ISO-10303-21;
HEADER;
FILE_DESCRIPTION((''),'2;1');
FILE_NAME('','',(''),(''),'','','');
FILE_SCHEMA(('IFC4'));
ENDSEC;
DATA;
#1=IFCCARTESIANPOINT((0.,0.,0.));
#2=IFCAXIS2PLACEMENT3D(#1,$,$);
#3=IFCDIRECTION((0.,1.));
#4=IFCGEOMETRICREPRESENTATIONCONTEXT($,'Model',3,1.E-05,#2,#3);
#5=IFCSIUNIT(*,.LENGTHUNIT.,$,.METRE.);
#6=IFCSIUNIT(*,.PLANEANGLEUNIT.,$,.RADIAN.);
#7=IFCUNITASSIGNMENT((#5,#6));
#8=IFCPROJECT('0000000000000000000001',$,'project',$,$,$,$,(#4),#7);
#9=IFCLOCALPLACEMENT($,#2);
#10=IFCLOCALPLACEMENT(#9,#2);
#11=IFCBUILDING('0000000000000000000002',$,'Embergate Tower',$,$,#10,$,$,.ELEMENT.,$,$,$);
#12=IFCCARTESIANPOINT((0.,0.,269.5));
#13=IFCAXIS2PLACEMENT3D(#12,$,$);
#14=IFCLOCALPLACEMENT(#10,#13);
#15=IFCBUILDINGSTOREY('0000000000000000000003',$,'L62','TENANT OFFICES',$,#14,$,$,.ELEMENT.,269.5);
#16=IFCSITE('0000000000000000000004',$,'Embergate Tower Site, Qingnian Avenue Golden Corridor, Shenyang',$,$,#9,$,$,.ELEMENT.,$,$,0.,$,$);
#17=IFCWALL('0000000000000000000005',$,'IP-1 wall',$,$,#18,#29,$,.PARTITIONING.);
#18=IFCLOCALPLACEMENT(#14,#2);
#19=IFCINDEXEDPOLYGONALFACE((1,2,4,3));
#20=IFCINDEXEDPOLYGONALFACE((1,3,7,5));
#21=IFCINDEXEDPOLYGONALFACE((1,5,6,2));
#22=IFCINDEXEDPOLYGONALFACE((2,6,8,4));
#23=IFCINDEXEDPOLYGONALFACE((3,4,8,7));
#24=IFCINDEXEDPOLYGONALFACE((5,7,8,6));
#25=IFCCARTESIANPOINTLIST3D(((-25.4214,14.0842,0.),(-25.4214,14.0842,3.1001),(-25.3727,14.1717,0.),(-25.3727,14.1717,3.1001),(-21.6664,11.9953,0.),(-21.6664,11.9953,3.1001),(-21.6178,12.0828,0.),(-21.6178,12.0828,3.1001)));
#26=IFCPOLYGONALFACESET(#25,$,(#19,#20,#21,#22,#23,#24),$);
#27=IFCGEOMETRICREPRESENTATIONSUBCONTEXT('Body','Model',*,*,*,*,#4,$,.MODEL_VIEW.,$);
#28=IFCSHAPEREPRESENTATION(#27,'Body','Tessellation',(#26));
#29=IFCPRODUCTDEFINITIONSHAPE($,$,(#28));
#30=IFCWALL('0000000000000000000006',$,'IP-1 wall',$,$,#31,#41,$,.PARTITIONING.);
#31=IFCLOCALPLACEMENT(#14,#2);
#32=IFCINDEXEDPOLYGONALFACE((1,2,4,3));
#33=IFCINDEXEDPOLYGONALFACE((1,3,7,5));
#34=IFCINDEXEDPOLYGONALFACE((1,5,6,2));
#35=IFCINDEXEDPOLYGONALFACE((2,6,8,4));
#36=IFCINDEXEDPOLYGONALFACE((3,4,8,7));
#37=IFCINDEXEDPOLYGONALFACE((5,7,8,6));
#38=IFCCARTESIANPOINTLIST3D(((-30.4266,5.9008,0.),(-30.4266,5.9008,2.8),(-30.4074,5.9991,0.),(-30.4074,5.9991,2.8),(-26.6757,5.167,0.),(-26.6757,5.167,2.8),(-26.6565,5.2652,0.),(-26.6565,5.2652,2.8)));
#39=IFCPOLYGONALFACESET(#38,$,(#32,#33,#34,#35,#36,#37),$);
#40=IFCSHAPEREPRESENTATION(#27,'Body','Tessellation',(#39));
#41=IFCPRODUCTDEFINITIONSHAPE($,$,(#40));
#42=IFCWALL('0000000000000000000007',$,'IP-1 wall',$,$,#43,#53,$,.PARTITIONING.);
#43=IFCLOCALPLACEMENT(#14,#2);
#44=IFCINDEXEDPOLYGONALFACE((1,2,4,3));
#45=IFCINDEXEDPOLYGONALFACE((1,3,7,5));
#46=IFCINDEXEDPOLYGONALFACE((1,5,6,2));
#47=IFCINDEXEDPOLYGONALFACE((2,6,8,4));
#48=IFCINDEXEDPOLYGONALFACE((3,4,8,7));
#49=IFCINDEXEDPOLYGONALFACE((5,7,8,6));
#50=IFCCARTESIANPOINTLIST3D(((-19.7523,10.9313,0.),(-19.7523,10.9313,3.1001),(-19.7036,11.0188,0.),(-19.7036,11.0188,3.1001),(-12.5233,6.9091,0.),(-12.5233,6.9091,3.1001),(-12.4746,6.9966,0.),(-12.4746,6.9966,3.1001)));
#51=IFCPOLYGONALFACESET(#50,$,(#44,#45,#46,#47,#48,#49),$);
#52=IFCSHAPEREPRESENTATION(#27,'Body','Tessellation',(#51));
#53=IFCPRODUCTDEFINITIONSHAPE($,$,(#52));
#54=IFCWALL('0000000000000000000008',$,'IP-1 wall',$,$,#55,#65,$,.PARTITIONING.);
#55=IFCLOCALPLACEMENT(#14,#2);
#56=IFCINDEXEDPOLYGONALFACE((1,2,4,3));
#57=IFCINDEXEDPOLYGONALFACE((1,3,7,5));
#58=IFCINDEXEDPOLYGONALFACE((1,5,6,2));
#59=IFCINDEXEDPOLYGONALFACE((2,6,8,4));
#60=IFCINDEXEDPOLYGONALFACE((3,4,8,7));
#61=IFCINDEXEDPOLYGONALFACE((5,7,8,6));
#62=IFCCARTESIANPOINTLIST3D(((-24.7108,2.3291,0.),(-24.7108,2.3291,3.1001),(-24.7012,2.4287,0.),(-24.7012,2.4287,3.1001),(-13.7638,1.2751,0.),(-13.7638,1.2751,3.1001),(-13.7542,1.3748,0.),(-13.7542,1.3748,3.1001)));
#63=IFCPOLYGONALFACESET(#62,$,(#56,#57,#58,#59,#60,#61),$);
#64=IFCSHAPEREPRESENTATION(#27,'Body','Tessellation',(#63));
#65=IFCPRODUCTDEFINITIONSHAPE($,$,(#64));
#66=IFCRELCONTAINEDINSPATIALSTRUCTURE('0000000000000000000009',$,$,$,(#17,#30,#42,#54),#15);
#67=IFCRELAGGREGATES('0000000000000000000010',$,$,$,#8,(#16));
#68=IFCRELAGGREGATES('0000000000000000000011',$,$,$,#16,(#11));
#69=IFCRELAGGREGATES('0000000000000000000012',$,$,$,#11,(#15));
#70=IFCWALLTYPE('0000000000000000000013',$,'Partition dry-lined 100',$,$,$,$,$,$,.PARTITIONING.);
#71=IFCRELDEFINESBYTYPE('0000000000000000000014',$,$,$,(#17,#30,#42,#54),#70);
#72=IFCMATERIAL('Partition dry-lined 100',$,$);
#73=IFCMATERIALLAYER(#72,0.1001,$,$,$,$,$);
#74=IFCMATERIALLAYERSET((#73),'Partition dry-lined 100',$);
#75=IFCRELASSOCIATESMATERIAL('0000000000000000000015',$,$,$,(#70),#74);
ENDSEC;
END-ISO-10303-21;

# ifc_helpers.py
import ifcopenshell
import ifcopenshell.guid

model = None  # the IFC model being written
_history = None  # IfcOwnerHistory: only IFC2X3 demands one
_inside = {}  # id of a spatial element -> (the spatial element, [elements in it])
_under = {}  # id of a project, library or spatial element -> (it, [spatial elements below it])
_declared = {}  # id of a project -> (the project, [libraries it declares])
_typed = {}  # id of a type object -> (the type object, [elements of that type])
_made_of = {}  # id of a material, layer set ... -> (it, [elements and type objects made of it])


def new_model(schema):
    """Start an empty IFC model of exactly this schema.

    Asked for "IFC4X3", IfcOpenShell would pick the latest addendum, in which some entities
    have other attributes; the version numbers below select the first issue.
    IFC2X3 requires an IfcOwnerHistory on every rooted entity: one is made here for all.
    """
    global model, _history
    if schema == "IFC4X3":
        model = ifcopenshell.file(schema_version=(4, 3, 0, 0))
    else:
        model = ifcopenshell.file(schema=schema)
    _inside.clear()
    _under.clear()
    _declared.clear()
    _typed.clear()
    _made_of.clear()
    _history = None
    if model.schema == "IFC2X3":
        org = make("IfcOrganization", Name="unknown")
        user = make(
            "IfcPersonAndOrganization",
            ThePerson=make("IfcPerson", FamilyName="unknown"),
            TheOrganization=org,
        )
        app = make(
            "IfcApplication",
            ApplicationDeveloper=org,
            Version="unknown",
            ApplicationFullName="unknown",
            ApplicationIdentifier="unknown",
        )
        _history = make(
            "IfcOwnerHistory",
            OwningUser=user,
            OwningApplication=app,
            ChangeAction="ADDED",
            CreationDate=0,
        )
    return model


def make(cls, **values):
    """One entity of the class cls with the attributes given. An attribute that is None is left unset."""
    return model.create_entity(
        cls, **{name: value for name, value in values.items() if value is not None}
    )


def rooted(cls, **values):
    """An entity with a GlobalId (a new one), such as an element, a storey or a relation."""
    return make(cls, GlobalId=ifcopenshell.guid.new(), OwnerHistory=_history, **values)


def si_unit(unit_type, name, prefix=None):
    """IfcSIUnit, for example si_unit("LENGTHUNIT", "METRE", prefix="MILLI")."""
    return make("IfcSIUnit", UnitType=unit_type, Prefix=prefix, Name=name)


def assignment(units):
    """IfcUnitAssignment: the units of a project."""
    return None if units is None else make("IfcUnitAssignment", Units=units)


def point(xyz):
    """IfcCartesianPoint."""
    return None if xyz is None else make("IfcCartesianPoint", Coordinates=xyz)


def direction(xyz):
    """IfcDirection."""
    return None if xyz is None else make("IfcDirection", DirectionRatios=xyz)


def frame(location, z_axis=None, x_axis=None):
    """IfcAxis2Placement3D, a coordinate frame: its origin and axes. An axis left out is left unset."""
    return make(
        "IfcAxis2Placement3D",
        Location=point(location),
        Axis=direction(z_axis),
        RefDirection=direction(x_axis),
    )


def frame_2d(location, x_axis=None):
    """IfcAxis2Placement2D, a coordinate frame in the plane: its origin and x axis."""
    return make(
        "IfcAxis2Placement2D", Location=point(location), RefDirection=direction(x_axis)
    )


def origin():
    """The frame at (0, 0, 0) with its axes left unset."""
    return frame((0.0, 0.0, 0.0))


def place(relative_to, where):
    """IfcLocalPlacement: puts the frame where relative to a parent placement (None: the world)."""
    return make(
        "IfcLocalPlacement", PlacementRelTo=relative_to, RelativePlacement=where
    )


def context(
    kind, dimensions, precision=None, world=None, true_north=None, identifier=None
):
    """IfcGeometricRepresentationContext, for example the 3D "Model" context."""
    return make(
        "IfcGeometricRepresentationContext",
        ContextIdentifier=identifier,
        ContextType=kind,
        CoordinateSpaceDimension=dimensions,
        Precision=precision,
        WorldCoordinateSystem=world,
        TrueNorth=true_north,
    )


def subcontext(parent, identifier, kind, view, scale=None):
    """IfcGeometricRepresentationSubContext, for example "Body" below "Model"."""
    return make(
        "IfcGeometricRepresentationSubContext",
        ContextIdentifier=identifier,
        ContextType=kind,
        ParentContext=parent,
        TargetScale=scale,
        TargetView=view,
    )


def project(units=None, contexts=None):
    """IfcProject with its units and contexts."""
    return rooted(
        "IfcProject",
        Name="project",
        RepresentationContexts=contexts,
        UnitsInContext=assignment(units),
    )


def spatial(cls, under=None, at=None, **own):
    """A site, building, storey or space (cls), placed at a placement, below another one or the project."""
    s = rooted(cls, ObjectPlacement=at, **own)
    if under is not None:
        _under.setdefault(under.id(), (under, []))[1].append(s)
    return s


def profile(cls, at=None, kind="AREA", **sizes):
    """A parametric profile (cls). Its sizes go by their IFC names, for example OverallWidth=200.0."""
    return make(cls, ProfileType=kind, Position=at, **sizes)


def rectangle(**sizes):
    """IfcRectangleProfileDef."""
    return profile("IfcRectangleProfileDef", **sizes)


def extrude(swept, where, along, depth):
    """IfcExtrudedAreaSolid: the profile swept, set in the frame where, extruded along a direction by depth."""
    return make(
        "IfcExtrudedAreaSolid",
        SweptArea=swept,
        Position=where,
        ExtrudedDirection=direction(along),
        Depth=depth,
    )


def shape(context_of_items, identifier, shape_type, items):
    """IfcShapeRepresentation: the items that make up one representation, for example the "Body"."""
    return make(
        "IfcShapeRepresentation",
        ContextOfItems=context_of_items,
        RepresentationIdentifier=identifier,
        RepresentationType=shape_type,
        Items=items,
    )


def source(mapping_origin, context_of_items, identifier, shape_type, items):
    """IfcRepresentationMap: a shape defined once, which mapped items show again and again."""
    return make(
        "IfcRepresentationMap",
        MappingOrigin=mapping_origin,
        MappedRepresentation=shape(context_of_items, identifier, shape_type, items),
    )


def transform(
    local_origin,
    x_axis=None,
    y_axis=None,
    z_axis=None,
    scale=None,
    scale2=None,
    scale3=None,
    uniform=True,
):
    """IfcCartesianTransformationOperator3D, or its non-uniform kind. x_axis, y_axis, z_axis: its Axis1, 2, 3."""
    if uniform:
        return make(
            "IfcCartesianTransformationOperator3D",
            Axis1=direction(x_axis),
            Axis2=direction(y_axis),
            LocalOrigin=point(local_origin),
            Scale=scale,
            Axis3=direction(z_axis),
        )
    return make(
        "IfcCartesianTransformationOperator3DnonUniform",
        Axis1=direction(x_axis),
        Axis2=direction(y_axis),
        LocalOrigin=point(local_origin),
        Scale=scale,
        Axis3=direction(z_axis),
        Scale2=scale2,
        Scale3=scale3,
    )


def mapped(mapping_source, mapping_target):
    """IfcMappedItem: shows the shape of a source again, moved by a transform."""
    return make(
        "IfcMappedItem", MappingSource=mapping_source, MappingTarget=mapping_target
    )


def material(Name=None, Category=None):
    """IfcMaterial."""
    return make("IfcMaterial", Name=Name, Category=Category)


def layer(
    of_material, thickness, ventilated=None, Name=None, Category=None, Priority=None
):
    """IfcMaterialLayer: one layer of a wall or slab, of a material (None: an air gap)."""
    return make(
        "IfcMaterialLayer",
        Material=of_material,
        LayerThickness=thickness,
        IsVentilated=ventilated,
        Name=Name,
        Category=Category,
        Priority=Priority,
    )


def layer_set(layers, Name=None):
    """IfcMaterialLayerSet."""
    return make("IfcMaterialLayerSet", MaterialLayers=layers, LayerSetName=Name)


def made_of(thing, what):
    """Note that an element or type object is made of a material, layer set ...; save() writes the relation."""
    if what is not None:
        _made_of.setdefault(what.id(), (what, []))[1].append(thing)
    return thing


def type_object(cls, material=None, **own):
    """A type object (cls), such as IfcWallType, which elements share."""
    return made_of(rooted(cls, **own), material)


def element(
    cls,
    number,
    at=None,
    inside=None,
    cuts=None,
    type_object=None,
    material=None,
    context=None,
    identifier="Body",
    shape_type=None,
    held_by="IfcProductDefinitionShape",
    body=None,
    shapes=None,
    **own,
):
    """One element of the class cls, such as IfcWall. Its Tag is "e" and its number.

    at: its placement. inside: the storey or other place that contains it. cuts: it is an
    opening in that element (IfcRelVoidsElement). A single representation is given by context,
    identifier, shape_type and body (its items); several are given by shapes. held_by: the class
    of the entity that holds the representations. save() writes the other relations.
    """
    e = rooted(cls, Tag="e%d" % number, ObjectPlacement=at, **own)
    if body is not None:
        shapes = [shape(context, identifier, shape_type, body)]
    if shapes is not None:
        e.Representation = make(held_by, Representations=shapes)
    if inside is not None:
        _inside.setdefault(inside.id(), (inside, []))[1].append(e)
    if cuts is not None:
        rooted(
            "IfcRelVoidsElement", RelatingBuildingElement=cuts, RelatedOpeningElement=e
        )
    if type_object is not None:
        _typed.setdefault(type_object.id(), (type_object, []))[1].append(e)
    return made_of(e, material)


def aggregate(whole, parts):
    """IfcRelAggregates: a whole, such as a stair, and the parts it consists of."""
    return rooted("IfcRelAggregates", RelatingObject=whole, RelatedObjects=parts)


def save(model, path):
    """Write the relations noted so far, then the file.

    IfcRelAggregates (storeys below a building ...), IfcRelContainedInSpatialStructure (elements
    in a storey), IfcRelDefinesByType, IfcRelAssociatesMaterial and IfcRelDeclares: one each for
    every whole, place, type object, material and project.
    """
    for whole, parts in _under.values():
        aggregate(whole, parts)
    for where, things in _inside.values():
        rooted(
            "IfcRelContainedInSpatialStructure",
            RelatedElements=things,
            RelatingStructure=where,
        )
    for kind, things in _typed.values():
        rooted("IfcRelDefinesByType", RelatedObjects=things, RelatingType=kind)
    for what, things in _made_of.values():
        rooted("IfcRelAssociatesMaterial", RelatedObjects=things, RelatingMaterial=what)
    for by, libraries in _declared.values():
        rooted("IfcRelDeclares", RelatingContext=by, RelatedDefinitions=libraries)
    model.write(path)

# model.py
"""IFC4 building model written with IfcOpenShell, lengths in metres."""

from ifc_helpers import new_model, si_unit, direction, frame, frame_2d, origin, place, context, subcontext, project, spatial, rectangle, extrude, source, transform, mapped, material, layer, layer_set, type_object, element, save


model = new_model("IFC4")

# Units and contexts
model_context = context("Model", 3, precision=1e-05, world=origin(), true_north=direction((0.0, 1.0)))
body_context = subcontext(model_context, "Body", "Model", "MODEL_VIEW")
ifc_project = project(units=[si_unit("LENGTHUNIT", "METRE"), si_unit("PLANEANGLEUNIT", "RADIAN")], contexts=[model_context])

# Site, building, storey
site_placement = place(None, origin())
site = spatial("IfcSite", under=ifc_project, at=site_placement, Name="Embergate Tower Site, Qingnian Avenue Golden Corridor, Shenyang", CompositionType="ELEMENT", RefElevation=0.0)
building_placement = place(site_placement, origin())
building = spatial("IfcBuilding", under=site, at=building_placement, Name="Embergate Tower", CompositionType="ELEMENT")
storey_placement = place(building_placement, frame((0.0, 0.0, 269.5)))
storey = spatial("IfcBuildingStorey", under=building, at=storey_placement, Name="L62", Description="TENANT OFFICES", CompositionType="ELEMENT", Elevation=269.5)

# Walls
ifc_material_1 = material(Name="Partition dry-lined 100")
ifc_layer_1 = layer(ifc_material_1, 0.1001)
ifc_layer_set_1 = layer_set([ifc_layer_1], Name="Partition dry-lined 100")
wall_type_1 = type_object("IfcWallType", Name="Partition dry-lined 100", PredefinedType="PARTITIONING", material=ifc_layer_set_1)
shared_shape_1 = source(origin(), body_context, "Body", "SweptSolid", [
    extrude(rectangle(XDim=4.2969, YDim=0.1001, at=frame_2d((2.1484, 0.0))), origin(), (0.0, 0.0, 1.0), 3.1001),
])
wall_1_placement = place(storey_placement, frame((-21.6421, 12.0391, 0.0), z_axis=(0.0, 0.0, 1.0), x_axis=(-0.873878, 0.486145, 0.0)))
element("IfcWall", 1, at=wall_1_placement, inside=storey, type_object=wall_type_1, Name="IP-1 wall", PredefinedType="PARTITIONING", context=body_context, shape_type="MappedRepresentation", body=[
    mapped(shared_shape_1, transform((0.0, 0.0, 0.0))),
])
shared_shape_2 = source(origin(), body_context, "Body", "SweptSolid", [
    extrude(rectangle(XDim=3.822, YDim=0.1001, at=frame_2d((1.9111, 0.0))), origin(), (0.0, 0.0, 1.0), 2.8),
])
wall_2_placement = place(storey_placement, frame((-26.666, 5.2161, 0.0), z_axis=(0.0, 0.0, 1.0), x_axis=(-0.981393, 0.192012, 0.0)))
element("IfcWall", 2, at=wall_2_placement, inside=storey, type_object=wall_type_1, Name="IP-1 wall", PredefinedType="PARTITIONING", context=body_context, shape_type="MappedRepresentation", body=[
    mapped(shared_shape_2, transform((0.0, 0.0, 0.0))),
])
shared_shape_3 = source(origin(), body_context, "Body", "SweptSolid", [
    extrude(rectangle(XDim=8.2727, YDim=0.1001, at=frame_2d((4.1362, 0.0))), origin(), (0.0, 0.0, 1.0), 3.1001),
])
wall_3_placement = place(storey_placement, frame((-12.499, 6.9529, 0.0), z_axis=(0.0, 0.0, 1.0), x_axis=(-0.873844, 0.486207, 0.0)))
element("IfcWall", 3, at=wall_3_placement, inside=storey, type_object=wall_type_1, Name="IP-1 wall", PredefinedType="PARTITIONING", context=body_context, shape_type="MappedRepresentation", body=[
    mapped(shared_shape_3, transform((0.0, 0.0, 0.0))),
])
shared_shape_4 = source(origin(), body_context, "Body", "SweptSolid", [
    extrude(rectangle(XDim=10.9976, YDim=0.1001, at=frame_2d((5.4988, 0.0))), origin(), (0.0, 0.0, 1.0), 3.1001),
])
wall_4_placement = place(storey_placement, frame((-13.759, 1.325, 0.0), z_axis=(0.0, 0.0, 1.0), x_axis=(-0.995397, 0.095835, 0.0)))
element("IfcWall", 4, at=wall_4_placement, inside=storey, type_object=wall_type_1, Name="IP-1 wall", PredefinedType="PARTITIONING", context=body_context, shape_type="MappedRepresentation", body=[
    mapped(shared_shape_4, transform((0.0, 0.0, 0.0))),
])

save(model, "model.ifc")
